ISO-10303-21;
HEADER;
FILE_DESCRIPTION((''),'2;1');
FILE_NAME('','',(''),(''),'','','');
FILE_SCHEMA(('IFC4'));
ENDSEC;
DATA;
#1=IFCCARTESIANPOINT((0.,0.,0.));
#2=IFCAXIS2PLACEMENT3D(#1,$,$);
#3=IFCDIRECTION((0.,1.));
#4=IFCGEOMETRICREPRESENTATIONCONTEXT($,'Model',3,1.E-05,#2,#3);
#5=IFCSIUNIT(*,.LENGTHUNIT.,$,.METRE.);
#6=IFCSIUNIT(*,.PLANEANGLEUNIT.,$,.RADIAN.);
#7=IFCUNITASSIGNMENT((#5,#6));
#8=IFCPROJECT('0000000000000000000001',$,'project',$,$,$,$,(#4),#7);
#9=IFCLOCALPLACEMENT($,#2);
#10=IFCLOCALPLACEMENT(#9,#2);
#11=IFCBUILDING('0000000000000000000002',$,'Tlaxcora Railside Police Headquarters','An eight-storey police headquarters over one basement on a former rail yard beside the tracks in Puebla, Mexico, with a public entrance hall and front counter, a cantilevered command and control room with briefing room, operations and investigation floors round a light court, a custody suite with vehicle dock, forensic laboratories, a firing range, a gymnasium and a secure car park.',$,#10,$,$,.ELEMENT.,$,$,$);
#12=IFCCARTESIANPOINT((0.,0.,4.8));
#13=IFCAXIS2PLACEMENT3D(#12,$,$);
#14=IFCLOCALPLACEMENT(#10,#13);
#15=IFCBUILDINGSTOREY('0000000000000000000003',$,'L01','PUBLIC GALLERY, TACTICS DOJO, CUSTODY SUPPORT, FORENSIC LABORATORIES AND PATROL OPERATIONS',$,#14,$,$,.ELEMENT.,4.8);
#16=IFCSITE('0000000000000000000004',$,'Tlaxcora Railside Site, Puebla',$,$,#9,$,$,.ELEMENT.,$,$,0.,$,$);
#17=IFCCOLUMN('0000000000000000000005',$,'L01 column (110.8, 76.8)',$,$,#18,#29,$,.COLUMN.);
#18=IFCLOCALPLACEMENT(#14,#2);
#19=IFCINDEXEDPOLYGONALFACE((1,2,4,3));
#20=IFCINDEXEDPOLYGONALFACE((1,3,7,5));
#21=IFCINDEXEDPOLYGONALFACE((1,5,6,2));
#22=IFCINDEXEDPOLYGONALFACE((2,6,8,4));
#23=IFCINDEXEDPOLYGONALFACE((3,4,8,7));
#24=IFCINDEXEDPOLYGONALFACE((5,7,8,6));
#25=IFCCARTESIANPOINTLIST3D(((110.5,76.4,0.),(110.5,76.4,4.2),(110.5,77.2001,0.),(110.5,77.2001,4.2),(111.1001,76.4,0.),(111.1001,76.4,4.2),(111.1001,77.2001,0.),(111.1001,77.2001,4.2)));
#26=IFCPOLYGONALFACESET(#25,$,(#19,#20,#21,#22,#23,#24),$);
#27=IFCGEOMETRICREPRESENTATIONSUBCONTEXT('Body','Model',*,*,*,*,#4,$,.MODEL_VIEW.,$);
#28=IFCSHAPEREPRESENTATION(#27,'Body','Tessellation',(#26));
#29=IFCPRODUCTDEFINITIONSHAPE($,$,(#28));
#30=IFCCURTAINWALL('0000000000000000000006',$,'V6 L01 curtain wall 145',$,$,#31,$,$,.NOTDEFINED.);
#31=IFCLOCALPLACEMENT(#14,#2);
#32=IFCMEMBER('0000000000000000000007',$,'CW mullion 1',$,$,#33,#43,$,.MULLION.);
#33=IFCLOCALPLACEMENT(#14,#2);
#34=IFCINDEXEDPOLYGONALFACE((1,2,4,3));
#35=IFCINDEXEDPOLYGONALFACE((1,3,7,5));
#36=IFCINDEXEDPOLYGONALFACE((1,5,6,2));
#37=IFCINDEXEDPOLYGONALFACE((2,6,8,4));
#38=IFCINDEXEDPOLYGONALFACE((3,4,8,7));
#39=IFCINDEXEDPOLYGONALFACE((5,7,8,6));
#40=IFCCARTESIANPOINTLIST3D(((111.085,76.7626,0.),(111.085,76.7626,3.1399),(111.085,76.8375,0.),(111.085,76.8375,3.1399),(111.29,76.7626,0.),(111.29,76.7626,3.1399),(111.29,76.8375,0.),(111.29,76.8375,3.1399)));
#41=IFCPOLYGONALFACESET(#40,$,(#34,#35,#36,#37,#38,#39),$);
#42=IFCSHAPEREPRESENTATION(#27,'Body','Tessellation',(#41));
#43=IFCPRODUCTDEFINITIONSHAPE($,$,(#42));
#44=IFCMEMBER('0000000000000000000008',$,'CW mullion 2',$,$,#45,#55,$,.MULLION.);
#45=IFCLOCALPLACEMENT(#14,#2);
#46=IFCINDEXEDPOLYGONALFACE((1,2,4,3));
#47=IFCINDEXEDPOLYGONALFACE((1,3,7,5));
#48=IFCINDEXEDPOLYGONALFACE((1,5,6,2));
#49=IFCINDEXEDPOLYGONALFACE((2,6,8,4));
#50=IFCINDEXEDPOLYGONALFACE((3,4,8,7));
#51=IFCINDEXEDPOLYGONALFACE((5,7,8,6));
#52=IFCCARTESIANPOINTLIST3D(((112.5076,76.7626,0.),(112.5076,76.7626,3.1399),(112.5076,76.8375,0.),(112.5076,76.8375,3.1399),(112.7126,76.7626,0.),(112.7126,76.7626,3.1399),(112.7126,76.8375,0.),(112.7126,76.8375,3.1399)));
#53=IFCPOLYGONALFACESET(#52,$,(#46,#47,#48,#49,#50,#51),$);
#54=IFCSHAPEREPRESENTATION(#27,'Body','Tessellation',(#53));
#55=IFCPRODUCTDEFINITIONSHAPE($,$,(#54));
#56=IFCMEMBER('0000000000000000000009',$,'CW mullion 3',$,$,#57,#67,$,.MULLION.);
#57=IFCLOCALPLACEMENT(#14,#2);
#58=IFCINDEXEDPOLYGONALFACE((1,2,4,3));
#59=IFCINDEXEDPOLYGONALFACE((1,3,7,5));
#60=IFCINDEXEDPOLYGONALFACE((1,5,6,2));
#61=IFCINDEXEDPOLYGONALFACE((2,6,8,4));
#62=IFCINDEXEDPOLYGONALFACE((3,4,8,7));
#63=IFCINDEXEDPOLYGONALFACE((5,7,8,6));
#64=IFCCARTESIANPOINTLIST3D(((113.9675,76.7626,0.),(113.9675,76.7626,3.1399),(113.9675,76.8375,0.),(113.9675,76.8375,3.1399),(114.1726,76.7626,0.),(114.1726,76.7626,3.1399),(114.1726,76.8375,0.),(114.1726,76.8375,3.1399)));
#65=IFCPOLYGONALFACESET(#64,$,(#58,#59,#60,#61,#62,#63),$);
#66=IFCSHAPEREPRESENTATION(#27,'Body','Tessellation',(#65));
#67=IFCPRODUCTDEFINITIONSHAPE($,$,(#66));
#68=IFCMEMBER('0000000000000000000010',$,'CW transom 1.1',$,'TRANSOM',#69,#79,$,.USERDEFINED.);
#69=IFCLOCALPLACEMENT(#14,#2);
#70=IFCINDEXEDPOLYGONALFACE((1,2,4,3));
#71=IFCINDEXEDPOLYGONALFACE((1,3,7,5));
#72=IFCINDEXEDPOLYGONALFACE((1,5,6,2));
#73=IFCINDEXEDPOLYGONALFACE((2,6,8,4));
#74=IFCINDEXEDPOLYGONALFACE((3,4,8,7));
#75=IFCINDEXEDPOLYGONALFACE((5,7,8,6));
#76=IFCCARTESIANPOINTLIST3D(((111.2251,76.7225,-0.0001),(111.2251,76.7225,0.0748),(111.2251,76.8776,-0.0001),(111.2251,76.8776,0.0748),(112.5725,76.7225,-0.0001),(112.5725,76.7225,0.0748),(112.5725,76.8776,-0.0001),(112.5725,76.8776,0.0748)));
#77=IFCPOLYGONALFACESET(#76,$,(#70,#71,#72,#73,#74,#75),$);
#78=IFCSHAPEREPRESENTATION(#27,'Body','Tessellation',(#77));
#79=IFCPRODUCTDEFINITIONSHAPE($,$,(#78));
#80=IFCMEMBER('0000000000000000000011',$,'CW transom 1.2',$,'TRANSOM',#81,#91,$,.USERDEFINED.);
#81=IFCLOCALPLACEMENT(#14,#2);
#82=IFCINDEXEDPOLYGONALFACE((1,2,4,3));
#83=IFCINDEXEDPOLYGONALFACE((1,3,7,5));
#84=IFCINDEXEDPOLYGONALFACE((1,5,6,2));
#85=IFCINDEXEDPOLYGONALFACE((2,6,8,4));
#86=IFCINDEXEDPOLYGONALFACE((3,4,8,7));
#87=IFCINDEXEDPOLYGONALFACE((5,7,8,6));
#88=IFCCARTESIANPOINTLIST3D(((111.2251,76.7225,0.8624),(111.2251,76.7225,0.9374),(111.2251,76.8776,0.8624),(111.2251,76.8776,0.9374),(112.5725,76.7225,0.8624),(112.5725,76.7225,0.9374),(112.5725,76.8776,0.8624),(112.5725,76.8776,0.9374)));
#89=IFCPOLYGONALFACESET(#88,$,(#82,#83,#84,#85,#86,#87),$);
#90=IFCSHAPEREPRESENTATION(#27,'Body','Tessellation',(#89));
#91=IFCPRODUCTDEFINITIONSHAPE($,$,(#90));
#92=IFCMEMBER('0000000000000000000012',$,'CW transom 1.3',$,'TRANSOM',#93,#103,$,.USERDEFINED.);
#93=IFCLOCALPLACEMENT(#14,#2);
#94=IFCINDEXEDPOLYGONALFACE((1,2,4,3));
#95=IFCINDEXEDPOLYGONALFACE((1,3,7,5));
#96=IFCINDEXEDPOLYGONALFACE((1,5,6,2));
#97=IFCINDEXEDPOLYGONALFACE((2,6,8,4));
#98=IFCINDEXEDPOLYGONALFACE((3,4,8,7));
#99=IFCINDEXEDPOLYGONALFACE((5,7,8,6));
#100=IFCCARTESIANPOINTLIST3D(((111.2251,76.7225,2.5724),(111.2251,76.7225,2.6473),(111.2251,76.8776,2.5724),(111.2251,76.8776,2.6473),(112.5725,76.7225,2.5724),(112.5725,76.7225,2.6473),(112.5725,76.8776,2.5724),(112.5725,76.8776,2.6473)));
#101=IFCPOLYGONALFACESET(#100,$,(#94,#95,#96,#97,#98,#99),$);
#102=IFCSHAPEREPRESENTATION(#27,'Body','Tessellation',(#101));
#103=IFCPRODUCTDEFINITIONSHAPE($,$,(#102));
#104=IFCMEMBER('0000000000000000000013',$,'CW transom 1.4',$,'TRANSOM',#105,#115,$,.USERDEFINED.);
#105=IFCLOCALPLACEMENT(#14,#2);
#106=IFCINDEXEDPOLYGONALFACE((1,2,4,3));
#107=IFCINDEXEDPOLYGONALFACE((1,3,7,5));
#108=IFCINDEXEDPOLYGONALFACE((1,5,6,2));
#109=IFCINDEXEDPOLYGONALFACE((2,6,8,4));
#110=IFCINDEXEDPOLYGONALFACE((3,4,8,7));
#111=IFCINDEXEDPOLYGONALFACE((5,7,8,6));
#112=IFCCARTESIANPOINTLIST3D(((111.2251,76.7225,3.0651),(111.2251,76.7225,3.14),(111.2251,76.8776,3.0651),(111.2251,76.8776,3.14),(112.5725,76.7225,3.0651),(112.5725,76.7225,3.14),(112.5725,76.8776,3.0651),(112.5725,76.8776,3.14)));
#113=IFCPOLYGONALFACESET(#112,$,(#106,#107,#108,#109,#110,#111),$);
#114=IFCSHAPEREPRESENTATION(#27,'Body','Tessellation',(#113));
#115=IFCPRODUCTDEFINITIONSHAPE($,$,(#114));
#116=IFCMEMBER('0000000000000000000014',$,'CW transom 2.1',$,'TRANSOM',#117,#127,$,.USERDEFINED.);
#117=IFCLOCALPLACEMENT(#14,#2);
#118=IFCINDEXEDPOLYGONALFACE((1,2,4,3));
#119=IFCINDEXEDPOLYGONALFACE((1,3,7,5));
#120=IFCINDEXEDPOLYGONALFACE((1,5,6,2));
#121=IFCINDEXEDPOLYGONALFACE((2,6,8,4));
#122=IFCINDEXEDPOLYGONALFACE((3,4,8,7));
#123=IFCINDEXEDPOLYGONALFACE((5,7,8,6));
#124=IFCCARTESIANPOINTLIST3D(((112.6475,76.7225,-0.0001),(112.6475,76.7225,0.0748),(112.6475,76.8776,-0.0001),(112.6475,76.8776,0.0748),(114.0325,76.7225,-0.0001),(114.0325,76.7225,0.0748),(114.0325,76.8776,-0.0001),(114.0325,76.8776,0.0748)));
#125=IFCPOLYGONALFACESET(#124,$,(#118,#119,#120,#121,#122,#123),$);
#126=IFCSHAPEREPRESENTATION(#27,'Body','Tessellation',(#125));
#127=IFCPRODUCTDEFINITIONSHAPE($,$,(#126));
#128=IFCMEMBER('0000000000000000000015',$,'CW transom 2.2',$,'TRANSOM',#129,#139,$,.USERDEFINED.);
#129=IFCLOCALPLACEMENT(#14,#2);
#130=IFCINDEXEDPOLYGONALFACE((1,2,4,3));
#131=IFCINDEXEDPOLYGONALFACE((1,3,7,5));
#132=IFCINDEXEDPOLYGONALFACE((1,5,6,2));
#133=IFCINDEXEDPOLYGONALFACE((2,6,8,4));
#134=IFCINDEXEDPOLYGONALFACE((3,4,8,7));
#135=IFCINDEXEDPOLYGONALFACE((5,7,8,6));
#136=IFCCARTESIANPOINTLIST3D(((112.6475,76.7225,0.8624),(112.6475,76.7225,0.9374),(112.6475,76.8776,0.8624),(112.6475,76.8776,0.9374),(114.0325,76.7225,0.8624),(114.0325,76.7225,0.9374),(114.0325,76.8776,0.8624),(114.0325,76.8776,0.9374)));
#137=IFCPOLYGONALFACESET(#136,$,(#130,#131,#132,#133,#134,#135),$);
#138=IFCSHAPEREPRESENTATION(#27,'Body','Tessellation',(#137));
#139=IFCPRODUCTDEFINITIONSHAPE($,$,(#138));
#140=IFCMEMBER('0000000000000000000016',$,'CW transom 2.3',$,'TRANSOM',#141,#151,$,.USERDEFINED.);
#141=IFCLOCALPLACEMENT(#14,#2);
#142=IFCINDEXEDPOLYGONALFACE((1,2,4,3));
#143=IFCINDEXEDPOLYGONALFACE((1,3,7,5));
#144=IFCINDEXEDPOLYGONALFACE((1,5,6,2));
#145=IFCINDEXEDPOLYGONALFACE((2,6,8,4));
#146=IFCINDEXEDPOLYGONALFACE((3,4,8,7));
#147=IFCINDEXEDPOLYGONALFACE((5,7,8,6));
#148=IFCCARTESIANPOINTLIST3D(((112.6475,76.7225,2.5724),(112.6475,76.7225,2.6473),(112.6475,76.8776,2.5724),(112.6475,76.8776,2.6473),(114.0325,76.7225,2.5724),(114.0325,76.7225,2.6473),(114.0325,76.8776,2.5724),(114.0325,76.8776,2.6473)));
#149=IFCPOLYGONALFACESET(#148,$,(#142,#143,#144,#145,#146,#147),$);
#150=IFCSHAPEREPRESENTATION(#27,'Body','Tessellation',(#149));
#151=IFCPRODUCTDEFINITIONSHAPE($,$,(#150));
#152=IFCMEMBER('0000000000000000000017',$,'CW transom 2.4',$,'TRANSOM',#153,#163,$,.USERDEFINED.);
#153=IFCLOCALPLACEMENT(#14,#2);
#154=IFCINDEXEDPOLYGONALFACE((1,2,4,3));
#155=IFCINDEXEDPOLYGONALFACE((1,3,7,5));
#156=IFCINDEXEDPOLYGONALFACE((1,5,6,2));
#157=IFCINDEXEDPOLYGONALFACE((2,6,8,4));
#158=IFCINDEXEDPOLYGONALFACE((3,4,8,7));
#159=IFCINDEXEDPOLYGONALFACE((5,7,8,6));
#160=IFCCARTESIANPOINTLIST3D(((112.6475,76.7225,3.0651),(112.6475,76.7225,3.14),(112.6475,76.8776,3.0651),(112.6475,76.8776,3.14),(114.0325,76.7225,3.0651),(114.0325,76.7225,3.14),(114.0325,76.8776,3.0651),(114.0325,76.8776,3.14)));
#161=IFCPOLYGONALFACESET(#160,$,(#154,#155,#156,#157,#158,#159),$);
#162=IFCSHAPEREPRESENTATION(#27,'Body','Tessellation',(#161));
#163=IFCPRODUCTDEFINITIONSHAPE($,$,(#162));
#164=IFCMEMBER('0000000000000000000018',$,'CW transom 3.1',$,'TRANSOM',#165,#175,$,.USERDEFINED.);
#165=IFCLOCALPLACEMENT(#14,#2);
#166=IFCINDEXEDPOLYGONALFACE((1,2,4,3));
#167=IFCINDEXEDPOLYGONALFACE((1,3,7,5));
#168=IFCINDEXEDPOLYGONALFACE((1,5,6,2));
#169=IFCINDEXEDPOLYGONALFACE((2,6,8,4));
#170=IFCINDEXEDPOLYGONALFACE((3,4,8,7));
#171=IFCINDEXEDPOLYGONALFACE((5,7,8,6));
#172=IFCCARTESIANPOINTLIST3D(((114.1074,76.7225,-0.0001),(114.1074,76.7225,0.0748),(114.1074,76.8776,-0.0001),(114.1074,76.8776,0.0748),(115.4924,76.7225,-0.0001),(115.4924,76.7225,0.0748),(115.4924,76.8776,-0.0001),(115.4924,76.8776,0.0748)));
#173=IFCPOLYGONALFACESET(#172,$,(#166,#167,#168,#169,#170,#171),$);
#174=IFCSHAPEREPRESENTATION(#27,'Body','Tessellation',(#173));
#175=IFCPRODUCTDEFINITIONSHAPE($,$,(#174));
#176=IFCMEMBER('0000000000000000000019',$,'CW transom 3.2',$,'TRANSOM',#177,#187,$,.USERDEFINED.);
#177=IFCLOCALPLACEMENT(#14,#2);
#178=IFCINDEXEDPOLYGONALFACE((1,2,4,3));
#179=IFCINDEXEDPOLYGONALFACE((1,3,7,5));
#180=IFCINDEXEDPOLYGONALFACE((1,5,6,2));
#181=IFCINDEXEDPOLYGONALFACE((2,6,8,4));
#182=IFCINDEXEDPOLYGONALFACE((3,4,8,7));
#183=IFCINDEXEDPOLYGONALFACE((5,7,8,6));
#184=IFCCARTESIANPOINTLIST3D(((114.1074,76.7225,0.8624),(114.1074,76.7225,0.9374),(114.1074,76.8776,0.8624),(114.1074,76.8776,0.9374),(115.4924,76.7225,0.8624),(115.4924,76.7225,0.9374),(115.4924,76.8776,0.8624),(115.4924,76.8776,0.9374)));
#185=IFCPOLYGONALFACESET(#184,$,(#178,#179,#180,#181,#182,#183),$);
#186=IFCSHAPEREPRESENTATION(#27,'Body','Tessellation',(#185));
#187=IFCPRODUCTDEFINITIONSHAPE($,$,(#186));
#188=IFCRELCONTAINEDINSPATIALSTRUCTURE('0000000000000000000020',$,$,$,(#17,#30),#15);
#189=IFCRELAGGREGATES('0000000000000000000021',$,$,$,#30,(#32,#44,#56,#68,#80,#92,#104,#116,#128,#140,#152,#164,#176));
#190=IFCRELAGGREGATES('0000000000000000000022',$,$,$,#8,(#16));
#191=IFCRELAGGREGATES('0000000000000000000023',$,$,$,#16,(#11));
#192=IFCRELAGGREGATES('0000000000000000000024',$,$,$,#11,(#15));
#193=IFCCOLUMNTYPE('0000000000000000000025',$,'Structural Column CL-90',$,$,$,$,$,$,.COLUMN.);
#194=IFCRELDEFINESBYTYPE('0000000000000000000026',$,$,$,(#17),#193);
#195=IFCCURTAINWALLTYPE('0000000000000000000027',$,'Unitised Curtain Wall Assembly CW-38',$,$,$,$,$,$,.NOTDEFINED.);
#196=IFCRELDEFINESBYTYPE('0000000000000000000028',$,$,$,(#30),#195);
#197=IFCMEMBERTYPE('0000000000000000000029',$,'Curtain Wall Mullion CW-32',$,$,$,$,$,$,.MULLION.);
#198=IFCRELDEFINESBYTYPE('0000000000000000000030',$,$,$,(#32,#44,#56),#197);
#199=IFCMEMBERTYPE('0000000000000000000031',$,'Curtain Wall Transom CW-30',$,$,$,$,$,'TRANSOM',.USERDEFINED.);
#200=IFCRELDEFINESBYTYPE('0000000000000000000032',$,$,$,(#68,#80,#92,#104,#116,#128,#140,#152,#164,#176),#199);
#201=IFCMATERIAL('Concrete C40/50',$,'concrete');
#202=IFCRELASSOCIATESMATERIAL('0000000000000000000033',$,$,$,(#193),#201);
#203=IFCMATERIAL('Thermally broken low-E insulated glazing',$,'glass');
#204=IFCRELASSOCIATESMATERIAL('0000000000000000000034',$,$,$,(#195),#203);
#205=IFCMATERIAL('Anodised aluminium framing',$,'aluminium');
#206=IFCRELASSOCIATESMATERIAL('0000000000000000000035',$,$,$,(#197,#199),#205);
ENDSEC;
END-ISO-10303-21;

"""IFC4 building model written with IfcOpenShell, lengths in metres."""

from ifc_helpers import new_model, si_unit, direction, frame, origin, origin_2d, place, context, subcontext, project, spatial, rectangle, extrude, material, material_profile, profile_set, type_object, element, aggregate, save


model = new_model("IFC4")

# Units and contexts
model_context = context("Model", 3, precision=1e-05, world=origin(), true_north=direction((0.0, 1.0)))
body_context = subcontext(model_context, "Body", "Model", "MODEL_VIEW")
ifc_project = project(units=[si_unit("LENGTHUNIT", "METRE"), si_unit("PLANEANGLEUNIT", "RADIAN")], contexts=[model_context])

# Site, building, storey
site_placement = place(None, origin())
site = spatial("IfcSite", under=ifc_project, at=site_placement, Name="Tlaxcora Railside Site, Puebla", CompositionType="ELEMENT", RefElevation=0.0)
building_placement = place(site_placement, origin())
building = spatial("IfcBuilding", under=site, at=building_placement, Name="Tlaxcora Railside Police Headquarters", Description="An eight-storey police headquarters over one basement on a former rail yard beside the tracks in Puebla, Mexico, with a public entrance hall and front counter, a cantilevered command and control room with briefing room, operations and investigation floors round a light court, a custody suite with vehicle dock, forensic laboratories, a firing range, a gymnasium and a secure car park.", CompositionType="ELEMENT")
storey_placement = place(building_placement, frame((0.0, 0.0, 4.8)))
storey = spatial("IfcBuildingStorey", under=building, at=storey_placement, Name="L01", Description="PUBLIC GALLERY, TACTICS DOJO, CUSTODY SUPPORT, FORENSIC LABORATORIES AND PATROL OPERATIONS", CompositionType="ELEMENT", Elevation=4.8)

# Column
ifc_material_1 = material(Name="Concrete C40/50", Category="concrete")
ifc_material_profile_1 = material_profile(ifc_material_1, rectangle(XDim=0.6001, YDim=0.8, at=origin_2d()), Name="RC600X800")
ifc_profile_set_1 = profile_set([ifc_material_profile_1], Name="Concrete C40/50")
column_type = type_object("IfcColumnType", Name="Structural Column CL-90", PredefinedType="COLUMN", material=ifc_profile_set_1)
column_placement = place(storey_placement, frame((110.8, 76.8, 0.0), z_axis=(0.0, 0.0, 1.0), x_axis=(1.0, 0.0, 0.0)))
element("IfcColumn", 1, at=column_placement, inside=storey, type_object=column_type, Name="L01 column (110.8, 76.8)", PredefinedType="COLUMN", context=body_context, shape_type="SweptSolid", body=[
    extrude(rectangle(XDim=0.6001, YDim=0.8, at=origin_2d()), origin(), (0.0, 0.0, 1.0), 4.2),
])

# Curtain wall, members
ifc_material_2 = material(Name="Thermally broken low-E insulated glazing", Category="glass")
curtain_wall_type = type_object("IfcCurtainWallType", Name="Unitised Curtain Wall Assembly CW-38", PredefinedType="NOTDEFINED", material=ifc_material_2)
curtain_wall_placement = place(storey_placement, origin())
curtain_wall = element("IfcCurtainWall", 2, at=curtain_wall_placement, inside=storey, type_object=curtain_wall_type, Name="V6 L01 curtain wall 145", PredefinedType="NOTDEFINED")
ifc_material_3 = material(Name="Anodised aluminium framing", Category="aluminium")
ifc_material_profile_2 = material_profile(ifc_material_3, rectangle(XDim=0.075, YDim=0.2051, at=origin_2d()), Name="AL75X205")
ifc_profile_set_2 = profile_set([ifc_material_profile_2], Name="Anodised aluminium framing")
member_type_1 = type_object("IfcMemberType", Name="Curtain Wall Mullion CW-32", PredefinedType="MULLION", material=ifc_profile_set_2)
member_1_placement = place(storey_placement, frame((111.1875, 76.8, 0.0), z_axis=(0.0, 0.0, 1.0), x_axis=(0.0, 1.0, 0.0)))
member_1 = element("IfcMember", 3, at=member_1_placement, type_object=member_type_1, Name="CW mullion 1", PredefinedType="MULLION", context=body_context, shape_type="SweptSolid", body=[
    extrude(rectangle(XDim=0.075, YDim=0.2051, at=origin_2d()), origin(), (0.0, 0.0, 1.0), 3.1399),
])
member_2_placement = place(storey_placement, frame((112.6101, 76.8, 0.0), z_axis=(0.0, 0.0, 1.0), x_axis=(0.0, 1.0, 0.0)))
member_2 = element("IfcMember", 4, at=member_2_placement, type_object=member_type_1, Name="CW mullion 2", PredefinedType="MULLION", context=body_context, shape_type="SweptSolid", body=[
    extrude(rectangle(XDim=0.075, YDim=0.2051, at=origin_2d()), origin(), (0.0, 0.0, 1.0), 3.1399),
])
member_3_placement = place(storey_placement, frame((114.0701, 76.8, 0.0), z_axis=(0.0, 0.0, 1.0), x_axis=(0.0, 1.0, 0.0)))
member_3 = element("IfcMember", 5, at=member_3_placement, type_object=member_type_1, Name="CW mullion 3", PredefinedType="MULLION", context=body_context, shape_type="SweptSolid", body=[
    extrude(rectangle(XDim=0.075, YDim=0.2051, at=origin_2d()), origin(), (0.0, 0.0, 1.0), 3.1399),
])
ifc_material_profile_3 = material_profile(ifc_material_3, rectangle(XDim=0.155, YDim=0.075, at=origin_2d()), Name="AL75X155")
ifc_profile_set_3 = profile_set([ifc_material_profile_3], Name="Anodised aluminium framing")
member_type_2 = type_object("IfcMemberType", Name="Curtain Wall Transom CW-30", ElementType="TRANSOM", PredefinedType="USERDEFINED", material=ifc_profile_set_3)
member_4_placement = place(storey_placement, frame((111.2251, 76.8, 0.0374), z_axis=(1.0, 0.0, 0.0), x_axis=(0.0, 1.0, 0.0)))
member_4 = element("IfcMember", 6, at=member_4_placement, type_object=member_type_2, Name="CW transom 1.1", ObjectType="TRANSOM", PredefinedType="USERDEFINED", context=body_context, shape_type="SweptSolid", body=[
    extrude(rectangle(XDim=0.155, YDim=0.075, at=origin_2d()), origin(), (0.0, 0.0, 1.0), 1.3474),
])
member_5_placement = place(storey_placement, frame((111.2251, 76.8, 0.8999), z_axis=(1.0, 0.0, 0.0), x_axis=(0.0, 1.0, 0.0)))
member_5 = element("IfcMember", 7, at=member_5_placement, type_object=member_type_2, Name="CW transom 1.2", ObjectType="TRANSOM", PredefinedType="USERDEFINED", context=body_context, shape_type="SweptSolid", body=[
    extrude(rectangle(XDim=0.155, YDim=0.075, at=origin_2d()), origin(), (0.0, 0.0, 1.0), 1.3474),
])
member_6_placement = place(storey_placement, frame((111.2251, 76.8, 2.6099), z_axis=(1.0, 0.0, 0.0), x_axis=(0.0, 1.0, 0.0)))
member_6 = element("IfcMember", 8, at=member_6_placement, type_object=member_type_2, Name="CW transom 1.3", ObjectType="TRANSOM", PredefinedType="USERDEFINED", context=body_context, shape_type="SweptSolid", body=[
    extrude(rectangle(XDim=0.155, YDim=0.075, at=origin_2d()), origin(), (0.0, 0.0, 1.0), 1.3474),
])
member_7_placement = place(storey_placement, frame((111.2251, 76.8, 3.1025), z_axis=(1.0, 0.0, 0.0), x_axis=(0.0, 1.0, 0.0)))
member_7 = element("IfcMember", 9, at=member_7_placement, type_object=member_type_2, Name="CW transom 1.4", ObjectType="TRANSOM", PredefinedType="USERDEFINED", context=body_context, shape_type="SweptSolid", body=[
    extrude(rectangle(XDim=0.155, YDim=0.075, at=origin_2d()), origin(), (0.0, 0.0, 1.0), 1.3474),
])
member_8_placement = place(storey_placement, frame((112.6475, 76.8, 0.0374), z_axis=(1.0, 0.0, 0.0), x_axis=(0.0, 1.0, 0.0)))
member_8 = element("IfcMember", 10, at=member_8_placement, type_object=member_type_2, Name="CW transom 2.1", ObjectType="TRANSOM", PredefinedType="USERDEFINED", context=body_context, shape_type="SweptSolid", body=[
    extrude(rectangle(XDim=0.155, YDim=0.075, at=origin_2d()), origin(), (0.0, 0.0, 1.0), 1.385),
])
member_9_placement = place(storey_placement, frame((112.6475, 76.8, 0.8999), z_axis=(1.0, 0.0, 0.0), x_axis=(0.0, 1.0, 0.0)))
member_9 = element("IfcMember", 11, at=member_9_placement, type_object=member_type_2, Name="CW transom 2.2", ObjectType="TRANSOM", PredefinedType="USERDEFINED", context=body_context, shape_type="SweptSolid", body=[
    extrude(rectangle(XDim=0.155, YDim=0.075, at=origin_2d()), origin(), (0.0, 0.0, 1.0), 1.385),
])
member_10_placement = place(storey_placement, frame((112.6475, 76.8, 2.6099), z_axis=(1.0, 0.0, 0.0), x_axis=(0.0, 1.0, 0.0)))
member_10 = element("IfcMember", 12, at=member_10_placement, type_object=member_type_2, Name="CW transom 2.3", ObjectType="TRANSOM", PredefinedType="USERDEFINED", context=body_context, shape_type="SweptSolid", body=[
    extrude(rectangle(XDim=0.155, YDim=0.075, at=origin_2d()), origin(), (0.0, 0.0, 1.0), 1.385),
])
member_11_placement = place(storey_placement, frame((112.6475, 76.8, 3.1025), z_axis=(1.0, 0.0, 0.0), x_axis=(0.0, 1.0, 0.0)))
member_11 = element("IfcMember", 13, at=member_11_placement, type_object=member_type_2, Name="CW transom 2.4", ObjectType="TRANSOM", PredefinedType="USERDEFINED", context=body_context, shape_type="SweptSolid", body=[
    extrude(rectangle(XDim=0.155, YDim=0.075, at=origin_2d()), origin(), (0.0, 0.0, 1.0), 1.385),
])
member_12_placement = place(storey_placement, frame((114.1074, 76.8, 0.0374), z_axis=(1.0, 0.0, 0.0), x_axis=(0.0, 1.0, 0.0)))
member_12 = element("IfcMember", 14, at=member_12_placement, type_object=member_type_2, Name="CW transom 3.1", ObjectType="TRANSOM", PredefinedType="USERDEFINED", context=body_context, shape_type="SweptSolid", body=[
    extrude(rectangle(XDim=0.155, YDim=0.075, at=origin_2d()), origin(), (0.0, 0.0, 1.0), 1.385),
])
member_13_placement = place(storey_placement, frame((114.1074, 76.8, 0.8999), z_axis=(1.0, 0.0, 0.0), x_axis=(0.0, 1.0, 0.0)))
member_13 = element("IfcMember", 15, at=member_13_placement, type_object=member_type_2, Name="CW transom 3.2", ObjectType="TRANSOM", PredefinedType="USERDEFINED", context=body_context, shape_type="SweptSolid", body=[
    extrude(rectangle(XDim=0.155, YDim=0.075, at=origin_2d()), origin(), (0.0, 0.0, 1.0), 1.385),
])

aggregate(curtain_wall, [member_1, member_2, member_3, member_4, member_5, member_6, member_7, member_8, member_9, member_10, member_11, member_12, member_13])

save(model, "model.ifc")
